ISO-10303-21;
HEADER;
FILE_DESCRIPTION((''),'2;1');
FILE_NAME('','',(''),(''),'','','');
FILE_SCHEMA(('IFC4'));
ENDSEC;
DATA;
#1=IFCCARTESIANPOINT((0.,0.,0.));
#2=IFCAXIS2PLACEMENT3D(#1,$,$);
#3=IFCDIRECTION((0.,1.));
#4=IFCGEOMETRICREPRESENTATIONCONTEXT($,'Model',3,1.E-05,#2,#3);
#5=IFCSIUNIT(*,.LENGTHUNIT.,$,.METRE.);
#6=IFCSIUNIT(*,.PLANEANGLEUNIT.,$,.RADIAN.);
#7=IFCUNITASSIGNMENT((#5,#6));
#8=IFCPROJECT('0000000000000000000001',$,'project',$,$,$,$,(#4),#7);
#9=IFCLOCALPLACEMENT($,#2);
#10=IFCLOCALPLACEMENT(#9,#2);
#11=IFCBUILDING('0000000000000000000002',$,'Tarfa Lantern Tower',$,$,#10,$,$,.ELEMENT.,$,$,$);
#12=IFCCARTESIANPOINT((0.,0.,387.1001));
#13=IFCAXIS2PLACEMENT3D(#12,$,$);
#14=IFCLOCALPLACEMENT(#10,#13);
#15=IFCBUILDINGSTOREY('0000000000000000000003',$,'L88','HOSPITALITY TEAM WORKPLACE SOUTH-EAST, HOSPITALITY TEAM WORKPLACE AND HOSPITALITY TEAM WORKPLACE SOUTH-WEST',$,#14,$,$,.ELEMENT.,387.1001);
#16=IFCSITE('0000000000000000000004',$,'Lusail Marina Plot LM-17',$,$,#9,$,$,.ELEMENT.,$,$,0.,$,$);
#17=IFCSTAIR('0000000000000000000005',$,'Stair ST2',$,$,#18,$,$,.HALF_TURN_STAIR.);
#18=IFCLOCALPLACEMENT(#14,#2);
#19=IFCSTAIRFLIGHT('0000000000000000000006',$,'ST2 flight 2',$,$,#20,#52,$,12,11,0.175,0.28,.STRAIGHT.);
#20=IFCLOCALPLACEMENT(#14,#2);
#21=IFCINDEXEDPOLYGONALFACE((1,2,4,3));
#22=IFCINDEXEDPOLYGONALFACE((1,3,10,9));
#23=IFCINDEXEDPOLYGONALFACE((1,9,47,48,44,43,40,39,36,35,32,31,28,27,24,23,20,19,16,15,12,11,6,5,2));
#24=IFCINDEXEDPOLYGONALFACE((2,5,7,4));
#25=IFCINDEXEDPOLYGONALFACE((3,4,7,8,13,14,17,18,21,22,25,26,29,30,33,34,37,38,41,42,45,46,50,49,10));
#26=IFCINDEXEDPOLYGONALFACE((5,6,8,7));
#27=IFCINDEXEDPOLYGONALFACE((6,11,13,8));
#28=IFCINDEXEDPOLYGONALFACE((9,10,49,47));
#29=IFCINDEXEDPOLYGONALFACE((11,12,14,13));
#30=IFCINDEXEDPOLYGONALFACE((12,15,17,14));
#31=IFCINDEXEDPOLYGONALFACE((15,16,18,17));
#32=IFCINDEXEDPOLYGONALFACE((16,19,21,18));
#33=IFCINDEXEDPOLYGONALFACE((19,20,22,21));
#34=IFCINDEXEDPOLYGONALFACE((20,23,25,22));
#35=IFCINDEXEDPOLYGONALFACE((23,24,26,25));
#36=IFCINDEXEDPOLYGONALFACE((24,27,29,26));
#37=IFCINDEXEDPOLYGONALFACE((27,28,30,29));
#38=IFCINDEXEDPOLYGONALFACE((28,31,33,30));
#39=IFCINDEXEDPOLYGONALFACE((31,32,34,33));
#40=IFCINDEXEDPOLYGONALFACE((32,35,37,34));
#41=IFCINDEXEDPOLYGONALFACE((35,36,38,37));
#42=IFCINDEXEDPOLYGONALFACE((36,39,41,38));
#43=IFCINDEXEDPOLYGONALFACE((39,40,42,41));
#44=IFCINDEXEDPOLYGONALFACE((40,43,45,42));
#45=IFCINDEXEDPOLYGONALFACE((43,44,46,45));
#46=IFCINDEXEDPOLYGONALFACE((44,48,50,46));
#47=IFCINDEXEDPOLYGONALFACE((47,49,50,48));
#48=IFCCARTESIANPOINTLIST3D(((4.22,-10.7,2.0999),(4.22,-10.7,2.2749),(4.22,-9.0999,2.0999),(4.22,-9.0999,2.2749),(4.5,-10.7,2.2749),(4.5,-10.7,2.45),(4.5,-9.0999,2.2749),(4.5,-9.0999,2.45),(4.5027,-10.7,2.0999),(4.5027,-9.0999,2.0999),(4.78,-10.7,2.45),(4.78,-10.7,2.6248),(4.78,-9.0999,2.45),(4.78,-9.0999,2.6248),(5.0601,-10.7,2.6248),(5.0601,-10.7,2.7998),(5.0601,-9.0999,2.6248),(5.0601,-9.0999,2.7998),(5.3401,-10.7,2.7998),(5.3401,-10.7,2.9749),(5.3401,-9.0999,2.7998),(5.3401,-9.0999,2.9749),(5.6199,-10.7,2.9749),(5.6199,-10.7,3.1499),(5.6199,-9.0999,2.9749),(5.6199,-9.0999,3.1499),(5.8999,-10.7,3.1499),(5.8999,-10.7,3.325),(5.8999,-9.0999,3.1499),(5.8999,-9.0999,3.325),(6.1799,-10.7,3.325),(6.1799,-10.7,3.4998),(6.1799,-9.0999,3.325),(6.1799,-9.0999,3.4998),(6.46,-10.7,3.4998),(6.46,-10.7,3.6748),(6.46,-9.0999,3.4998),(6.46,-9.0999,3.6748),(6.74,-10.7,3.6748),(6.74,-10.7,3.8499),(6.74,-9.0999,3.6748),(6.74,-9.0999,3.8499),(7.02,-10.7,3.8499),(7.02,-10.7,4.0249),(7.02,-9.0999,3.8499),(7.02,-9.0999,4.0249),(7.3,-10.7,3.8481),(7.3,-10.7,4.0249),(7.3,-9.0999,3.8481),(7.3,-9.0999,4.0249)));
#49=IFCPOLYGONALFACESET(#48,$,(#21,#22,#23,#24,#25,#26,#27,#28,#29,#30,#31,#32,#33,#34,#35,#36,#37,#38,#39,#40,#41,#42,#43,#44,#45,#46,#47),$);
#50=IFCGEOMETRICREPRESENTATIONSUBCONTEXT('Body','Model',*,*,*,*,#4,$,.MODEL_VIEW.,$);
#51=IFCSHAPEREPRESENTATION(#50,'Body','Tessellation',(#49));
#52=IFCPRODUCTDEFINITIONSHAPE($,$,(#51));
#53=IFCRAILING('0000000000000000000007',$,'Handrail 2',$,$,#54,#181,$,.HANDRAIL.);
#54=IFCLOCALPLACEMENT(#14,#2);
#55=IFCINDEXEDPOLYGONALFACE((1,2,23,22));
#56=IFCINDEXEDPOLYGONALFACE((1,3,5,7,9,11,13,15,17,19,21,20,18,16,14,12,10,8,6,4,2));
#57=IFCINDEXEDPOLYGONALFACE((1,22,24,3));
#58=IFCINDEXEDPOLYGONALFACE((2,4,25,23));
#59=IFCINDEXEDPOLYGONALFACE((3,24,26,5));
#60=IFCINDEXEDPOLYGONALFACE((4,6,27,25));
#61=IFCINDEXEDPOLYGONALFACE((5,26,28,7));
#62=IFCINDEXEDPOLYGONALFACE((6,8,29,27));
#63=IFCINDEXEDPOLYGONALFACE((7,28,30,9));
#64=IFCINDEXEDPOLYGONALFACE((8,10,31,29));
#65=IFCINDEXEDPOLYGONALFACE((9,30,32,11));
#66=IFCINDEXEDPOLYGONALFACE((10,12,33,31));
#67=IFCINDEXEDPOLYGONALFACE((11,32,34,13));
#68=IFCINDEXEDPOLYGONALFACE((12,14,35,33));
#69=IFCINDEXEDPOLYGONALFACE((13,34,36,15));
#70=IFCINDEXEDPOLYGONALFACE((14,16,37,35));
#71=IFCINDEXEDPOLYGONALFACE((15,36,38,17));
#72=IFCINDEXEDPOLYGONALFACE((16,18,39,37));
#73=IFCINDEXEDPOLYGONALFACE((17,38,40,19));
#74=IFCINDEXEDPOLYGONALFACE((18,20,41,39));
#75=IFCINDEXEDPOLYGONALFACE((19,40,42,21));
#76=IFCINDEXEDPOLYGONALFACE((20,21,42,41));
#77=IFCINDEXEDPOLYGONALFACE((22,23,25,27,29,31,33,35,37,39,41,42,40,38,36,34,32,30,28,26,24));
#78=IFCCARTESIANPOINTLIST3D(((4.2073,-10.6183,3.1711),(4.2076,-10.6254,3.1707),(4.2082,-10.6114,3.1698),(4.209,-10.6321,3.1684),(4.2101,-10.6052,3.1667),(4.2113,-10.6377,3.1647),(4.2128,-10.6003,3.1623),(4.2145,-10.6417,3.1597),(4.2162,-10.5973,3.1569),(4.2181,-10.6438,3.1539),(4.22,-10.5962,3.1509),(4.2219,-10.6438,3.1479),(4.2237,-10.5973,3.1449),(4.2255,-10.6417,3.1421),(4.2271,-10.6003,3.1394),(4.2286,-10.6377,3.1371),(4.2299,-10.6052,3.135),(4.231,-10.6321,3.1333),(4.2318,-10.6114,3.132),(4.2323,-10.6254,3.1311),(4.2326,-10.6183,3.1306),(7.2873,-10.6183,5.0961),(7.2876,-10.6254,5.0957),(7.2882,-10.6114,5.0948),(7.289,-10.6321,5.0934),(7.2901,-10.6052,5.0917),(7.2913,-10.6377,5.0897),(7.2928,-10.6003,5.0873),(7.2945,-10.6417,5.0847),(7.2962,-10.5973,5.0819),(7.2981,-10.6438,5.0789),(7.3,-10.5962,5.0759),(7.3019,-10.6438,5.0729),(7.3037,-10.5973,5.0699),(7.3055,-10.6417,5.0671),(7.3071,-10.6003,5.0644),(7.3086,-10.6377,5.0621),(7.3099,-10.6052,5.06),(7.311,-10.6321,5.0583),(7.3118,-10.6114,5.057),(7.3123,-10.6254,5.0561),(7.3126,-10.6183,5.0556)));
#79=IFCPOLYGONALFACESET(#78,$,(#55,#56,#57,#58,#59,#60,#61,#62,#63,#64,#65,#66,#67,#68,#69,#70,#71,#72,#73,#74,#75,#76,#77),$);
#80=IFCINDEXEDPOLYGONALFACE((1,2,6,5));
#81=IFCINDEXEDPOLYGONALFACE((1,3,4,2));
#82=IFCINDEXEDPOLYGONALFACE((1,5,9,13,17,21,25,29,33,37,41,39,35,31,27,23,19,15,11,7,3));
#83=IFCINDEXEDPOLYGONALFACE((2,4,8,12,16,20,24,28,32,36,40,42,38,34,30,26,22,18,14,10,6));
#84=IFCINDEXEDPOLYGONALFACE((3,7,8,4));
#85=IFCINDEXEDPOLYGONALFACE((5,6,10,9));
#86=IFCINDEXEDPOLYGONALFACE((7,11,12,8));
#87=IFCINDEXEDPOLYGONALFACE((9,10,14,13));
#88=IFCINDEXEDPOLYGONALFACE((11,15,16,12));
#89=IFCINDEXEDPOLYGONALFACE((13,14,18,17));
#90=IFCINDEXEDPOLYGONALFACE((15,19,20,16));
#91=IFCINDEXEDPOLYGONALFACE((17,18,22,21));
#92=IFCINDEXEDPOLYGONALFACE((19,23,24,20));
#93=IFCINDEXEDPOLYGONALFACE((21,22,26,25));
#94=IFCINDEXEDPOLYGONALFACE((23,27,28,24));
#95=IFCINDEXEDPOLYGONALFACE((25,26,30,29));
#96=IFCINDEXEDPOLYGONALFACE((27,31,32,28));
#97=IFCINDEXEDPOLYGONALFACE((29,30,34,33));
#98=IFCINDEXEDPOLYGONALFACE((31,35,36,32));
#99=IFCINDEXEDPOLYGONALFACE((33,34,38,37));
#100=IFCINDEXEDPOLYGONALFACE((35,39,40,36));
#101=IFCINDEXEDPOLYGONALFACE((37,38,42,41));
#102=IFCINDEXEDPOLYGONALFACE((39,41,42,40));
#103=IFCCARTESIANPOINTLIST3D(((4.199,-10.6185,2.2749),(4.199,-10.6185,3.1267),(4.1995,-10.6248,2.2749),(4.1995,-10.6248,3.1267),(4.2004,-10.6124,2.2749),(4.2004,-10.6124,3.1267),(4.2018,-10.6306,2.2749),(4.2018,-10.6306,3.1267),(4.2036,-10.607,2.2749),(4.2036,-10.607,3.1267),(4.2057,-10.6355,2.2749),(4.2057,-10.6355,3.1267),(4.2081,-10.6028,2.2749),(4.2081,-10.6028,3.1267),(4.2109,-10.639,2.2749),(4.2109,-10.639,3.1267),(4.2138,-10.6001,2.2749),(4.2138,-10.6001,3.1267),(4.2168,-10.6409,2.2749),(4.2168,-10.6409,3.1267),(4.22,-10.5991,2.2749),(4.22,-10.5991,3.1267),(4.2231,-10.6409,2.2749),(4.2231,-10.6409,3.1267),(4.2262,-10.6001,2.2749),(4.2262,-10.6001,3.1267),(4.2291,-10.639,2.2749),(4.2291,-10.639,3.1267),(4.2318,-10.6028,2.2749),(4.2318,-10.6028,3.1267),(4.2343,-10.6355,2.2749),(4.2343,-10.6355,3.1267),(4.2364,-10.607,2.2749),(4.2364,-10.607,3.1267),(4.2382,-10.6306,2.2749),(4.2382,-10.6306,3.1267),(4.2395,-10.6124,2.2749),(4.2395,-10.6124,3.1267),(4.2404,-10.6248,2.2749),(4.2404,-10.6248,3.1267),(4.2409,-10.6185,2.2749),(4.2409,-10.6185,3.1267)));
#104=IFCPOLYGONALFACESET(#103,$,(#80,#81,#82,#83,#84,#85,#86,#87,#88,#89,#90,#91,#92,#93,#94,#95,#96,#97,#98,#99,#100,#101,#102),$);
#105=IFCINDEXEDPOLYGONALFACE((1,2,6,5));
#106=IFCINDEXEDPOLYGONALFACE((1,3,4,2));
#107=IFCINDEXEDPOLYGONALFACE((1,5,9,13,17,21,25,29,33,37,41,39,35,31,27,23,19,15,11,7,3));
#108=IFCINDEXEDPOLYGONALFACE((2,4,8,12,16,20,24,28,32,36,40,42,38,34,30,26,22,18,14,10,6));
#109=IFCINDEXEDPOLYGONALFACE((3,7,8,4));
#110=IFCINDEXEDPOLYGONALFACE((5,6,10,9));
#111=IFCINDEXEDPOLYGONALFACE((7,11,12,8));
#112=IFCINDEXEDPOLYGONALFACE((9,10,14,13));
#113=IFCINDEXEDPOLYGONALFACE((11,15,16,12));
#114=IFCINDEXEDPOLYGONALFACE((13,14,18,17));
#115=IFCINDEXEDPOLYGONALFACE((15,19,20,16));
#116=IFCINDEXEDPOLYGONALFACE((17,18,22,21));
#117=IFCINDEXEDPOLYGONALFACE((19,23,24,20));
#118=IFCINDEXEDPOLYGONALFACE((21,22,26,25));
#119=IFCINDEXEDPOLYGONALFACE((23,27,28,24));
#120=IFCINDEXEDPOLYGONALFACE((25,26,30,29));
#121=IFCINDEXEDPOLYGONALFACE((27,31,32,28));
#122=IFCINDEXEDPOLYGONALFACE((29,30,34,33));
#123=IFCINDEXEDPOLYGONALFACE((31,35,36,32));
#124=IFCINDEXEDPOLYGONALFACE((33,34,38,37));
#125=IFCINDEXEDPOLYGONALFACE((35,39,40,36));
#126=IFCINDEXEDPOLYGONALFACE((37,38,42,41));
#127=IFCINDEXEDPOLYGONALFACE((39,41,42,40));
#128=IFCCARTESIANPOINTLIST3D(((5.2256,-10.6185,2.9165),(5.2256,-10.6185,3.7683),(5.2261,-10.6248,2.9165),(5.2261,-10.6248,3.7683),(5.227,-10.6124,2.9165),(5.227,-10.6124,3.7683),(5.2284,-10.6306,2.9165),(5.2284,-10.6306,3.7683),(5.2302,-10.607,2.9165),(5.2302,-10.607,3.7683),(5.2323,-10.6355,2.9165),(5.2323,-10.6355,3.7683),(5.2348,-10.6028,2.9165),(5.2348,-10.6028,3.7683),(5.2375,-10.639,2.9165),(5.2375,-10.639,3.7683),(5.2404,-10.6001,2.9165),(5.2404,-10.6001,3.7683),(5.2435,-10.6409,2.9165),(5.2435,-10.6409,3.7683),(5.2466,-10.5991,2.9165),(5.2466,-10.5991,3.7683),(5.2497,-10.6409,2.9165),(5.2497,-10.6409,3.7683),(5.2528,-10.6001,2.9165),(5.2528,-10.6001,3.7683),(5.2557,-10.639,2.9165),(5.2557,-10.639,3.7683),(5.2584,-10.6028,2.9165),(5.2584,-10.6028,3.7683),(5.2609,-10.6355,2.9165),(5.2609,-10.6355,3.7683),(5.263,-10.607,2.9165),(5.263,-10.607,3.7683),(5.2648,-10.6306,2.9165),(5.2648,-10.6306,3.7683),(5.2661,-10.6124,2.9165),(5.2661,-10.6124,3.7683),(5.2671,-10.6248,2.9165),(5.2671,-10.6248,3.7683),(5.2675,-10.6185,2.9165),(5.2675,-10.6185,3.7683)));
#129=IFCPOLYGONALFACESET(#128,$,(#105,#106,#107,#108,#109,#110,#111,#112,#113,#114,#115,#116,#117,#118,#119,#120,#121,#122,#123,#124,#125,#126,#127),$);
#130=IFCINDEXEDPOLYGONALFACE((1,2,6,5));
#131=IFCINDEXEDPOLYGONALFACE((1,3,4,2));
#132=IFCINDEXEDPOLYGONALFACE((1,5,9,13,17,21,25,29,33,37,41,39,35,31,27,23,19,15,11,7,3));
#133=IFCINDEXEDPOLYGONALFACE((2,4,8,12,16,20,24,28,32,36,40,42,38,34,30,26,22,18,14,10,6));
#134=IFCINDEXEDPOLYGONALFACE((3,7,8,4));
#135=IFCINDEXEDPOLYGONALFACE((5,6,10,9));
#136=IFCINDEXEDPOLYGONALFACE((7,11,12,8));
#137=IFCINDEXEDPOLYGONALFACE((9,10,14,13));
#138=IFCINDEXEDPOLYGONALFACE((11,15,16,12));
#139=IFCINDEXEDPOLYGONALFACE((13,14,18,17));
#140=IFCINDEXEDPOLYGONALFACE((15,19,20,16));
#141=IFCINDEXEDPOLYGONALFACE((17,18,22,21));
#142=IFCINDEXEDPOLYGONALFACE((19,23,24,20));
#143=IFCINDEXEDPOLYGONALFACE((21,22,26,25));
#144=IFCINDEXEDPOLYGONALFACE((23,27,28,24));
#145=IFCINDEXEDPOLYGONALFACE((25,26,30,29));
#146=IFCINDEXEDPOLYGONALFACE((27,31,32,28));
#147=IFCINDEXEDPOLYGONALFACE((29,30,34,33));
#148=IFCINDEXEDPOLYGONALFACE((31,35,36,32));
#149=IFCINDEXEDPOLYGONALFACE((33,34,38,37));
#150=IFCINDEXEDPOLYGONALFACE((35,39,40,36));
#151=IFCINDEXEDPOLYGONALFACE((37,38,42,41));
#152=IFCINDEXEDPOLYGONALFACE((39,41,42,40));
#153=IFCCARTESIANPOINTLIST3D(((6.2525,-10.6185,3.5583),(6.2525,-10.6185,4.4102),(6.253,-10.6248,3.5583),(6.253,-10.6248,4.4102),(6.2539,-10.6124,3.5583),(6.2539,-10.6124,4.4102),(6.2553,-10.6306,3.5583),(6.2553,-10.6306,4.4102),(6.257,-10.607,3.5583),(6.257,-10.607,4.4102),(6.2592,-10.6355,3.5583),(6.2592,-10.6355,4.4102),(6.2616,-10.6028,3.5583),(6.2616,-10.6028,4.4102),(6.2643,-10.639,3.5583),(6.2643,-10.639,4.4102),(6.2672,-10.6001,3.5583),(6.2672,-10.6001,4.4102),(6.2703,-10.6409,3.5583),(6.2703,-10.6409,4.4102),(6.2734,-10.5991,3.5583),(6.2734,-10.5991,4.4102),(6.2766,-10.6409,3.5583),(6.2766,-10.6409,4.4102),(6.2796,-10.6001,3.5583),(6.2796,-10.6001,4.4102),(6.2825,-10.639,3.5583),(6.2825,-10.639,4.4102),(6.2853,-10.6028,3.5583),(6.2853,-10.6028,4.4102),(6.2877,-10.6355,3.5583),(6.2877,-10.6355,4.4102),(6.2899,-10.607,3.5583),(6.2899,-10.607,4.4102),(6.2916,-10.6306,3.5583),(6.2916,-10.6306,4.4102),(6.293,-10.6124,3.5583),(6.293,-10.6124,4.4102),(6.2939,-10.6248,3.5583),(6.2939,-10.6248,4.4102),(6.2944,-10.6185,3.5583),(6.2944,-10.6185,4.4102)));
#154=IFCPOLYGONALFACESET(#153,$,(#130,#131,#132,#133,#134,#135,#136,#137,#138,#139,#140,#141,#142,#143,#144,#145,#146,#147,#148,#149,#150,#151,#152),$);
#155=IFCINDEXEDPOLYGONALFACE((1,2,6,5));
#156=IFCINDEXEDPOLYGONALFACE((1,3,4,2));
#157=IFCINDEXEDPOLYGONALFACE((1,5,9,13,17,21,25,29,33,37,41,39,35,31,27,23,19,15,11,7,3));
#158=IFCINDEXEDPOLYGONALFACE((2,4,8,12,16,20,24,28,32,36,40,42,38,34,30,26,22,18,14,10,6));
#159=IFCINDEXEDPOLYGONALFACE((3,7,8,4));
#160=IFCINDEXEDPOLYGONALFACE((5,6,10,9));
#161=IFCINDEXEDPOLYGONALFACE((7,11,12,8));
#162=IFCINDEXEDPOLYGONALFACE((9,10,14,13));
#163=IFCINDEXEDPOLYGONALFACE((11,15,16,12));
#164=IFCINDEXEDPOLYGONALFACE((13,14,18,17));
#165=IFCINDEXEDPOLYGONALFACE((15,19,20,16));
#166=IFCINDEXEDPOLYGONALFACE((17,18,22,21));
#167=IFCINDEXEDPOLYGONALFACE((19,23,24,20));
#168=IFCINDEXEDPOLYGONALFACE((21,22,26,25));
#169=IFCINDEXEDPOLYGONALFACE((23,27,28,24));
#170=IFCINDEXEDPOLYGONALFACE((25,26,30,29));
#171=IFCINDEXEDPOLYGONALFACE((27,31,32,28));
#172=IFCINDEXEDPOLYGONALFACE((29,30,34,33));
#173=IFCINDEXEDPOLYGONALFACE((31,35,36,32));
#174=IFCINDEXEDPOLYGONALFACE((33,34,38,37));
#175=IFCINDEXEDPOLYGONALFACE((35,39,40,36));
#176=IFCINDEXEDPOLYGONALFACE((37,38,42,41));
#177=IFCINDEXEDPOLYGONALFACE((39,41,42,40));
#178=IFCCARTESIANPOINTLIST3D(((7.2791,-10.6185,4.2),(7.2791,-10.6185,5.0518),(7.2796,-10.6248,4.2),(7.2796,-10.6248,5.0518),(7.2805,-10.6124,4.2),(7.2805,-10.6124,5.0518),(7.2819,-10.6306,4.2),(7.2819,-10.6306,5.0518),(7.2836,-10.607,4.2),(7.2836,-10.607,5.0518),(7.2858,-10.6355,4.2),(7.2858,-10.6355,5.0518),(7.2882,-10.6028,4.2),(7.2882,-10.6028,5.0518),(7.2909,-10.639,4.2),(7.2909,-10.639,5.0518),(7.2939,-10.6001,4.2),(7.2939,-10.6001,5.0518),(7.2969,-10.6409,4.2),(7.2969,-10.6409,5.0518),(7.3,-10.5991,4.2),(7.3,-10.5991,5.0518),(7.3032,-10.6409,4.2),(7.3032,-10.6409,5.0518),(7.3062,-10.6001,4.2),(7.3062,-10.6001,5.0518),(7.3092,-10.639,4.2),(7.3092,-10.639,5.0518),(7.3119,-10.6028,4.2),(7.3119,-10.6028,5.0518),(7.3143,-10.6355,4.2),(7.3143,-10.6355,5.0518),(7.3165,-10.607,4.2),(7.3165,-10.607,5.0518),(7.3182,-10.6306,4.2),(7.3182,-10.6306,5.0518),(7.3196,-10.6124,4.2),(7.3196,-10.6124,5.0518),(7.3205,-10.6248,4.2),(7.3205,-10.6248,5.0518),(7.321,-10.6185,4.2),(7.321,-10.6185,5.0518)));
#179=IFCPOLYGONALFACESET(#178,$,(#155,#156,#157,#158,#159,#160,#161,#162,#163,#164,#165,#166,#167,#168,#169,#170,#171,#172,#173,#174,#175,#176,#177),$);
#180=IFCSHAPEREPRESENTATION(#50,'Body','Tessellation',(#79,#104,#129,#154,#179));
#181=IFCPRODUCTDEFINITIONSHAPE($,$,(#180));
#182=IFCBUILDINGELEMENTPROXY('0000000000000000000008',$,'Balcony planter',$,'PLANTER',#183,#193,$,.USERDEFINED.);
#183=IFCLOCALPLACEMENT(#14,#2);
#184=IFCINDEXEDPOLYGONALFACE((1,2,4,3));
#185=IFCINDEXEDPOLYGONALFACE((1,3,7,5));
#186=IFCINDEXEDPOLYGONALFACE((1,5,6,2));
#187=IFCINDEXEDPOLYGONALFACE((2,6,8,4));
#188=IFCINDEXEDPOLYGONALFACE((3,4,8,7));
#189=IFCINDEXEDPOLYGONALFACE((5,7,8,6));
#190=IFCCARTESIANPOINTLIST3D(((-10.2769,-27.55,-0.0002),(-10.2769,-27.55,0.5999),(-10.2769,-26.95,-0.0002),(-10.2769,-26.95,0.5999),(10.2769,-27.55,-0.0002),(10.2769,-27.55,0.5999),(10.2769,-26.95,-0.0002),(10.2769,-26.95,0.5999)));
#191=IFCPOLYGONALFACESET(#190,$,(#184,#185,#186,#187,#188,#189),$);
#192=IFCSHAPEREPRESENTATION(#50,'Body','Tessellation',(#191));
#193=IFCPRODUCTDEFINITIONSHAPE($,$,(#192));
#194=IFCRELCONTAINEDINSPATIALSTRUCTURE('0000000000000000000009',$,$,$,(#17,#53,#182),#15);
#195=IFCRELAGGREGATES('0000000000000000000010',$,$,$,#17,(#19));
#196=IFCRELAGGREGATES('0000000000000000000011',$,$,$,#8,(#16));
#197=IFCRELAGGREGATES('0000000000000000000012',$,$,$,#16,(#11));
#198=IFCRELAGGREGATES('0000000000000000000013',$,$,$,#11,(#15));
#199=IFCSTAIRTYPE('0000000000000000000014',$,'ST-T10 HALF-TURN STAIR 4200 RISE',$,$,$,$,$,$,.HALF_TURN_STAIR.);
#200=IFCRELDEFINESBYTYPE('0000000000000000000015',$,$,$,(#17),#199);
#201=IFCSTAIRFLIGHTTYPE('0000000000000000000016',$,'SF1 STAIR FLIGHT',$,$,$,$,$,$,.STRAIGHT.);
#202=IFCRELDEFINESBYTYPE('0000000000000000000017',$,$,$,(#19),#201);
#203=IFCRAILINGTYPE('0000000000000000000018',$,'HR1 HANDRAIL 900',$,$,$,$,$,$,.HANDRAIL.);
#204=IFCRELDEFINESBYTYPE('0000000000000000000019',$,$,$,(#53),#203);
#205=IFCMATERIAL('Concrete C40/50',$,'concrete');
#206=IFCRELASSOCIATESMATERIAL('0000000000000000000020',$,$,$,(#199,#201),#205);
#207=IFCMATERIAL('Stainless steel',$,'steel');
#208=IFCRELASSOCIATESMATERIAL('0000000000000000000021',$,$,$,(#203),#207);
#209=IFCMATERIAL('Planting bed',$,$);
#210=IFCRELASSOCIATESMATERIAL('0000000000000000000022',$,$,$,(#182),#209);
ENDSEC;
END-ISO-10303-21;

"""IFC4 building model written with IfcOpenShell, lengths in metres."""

from ifc_helpers import new_model, si_unit, direction, frame, origin, origin_2d, place, context, subcontext, project, spatial, polyline, rectangle, circle, outline, extrude, material, type_object, element, aggregate, save


model = new_model("IFC4")

# Units and contexts
model_context = context("Model", 3, precision=1e-05, world=origin(), true_north=direction((0.0, 1.0)))
body_context = subcontext(model_context, "Body", "Model", "MODEL_VIEW")
ifc_project = project(units=[si_unit("LENGTHUNIT", "METRE"), si_unit("PLANEANGLEUNIT", "RADIAN")], contexts=[model_context])

# Site, building, storey
site_placement = place(None, origin())
site = spatial("IfcSite", under=ifc_project, at=site_placement, Name="Lusail Marina Plot LM-17", CompositionType="ELEMENT", RefElevation=0.0)
building_placement = place(site_placement, origin())
building = spatial("IfcBuilding", under=site, at=building_placement, Name="Tarfa Lantern Tower", CompositionType="ELEMENT")
storey_placement = place(building_placement, frame((0.0, 0.0, 387.1001)))
storey = spatial("IfcBuildingStorey", under=building, at=storey_placement, Name="L88", Description="HOSPITALITY TEAM WORKPLACE SOUTH-EAST, HOSPITALITY TEAM WORKPLACE AND HOSPITALITY TEAM WORKPLACE SOUTH-WEST", CompositionType="ELEMENT", Elevation=387.1001)

# Stair, stair flight
ifc_material_1 = material(Name="Concrete C40/50", Category="concrete")
stair_type = type_object("IfcStairType", Name="ST-T10 HALF-TURN STAIR 4200 RISE", PredefinedType="HALF_TURN_STAIR", material=ifc_material_1)
stair_placement = place(storey_placement, origin())
stair = element("IfcStair", 1, at=stair_placement, inside=storey, type_object=stair_type, Name="Stair ST2", PredefinedType="HALF_TURN_STAIR")
stair_flight_type = type_object("IfcStairFlightType", Name="SF1 STAIR FLIGHT", PredefinedType="STRAIGHT", material=ifc_material_1)
stair_flight_placement = place(storey_placement, frame((4.22, -9.8999, 2.0999), z_axis=(0.0, 0.0, 1.0), x_axis=(1.0, 0.0, 0.0)))
stair_flight = element("IfcStairFlight", 2, at=stair_flight_placement, type_object=stair_flight_type, Name="ST2 flight 2", NumberOfRisers=12, NumberOfTreads=11, PredefinedType="STRAIGHT", RiserHeight=0.175, TreadLength=0.28, context=body_context, shape_type="SweptSolid", body=[
    extrude(outline(polyline([(0.0, 0.0), (0.0, 0.175), (0.28, 0.175), (0.28, 0.3501), (0.5601, 0.3501), (0.5601, 0.5249), (0.8401, 0.5249), (0.8401, 0.7), (1.1201, 0.7), (1.1201, 0.875), (1.3999, 0.875), (1.3999, 1.05), (1.6799, 1.05), (1.6799, 1.2251), (1.96, 1.2251), (1.96, 1.3999), (2.24, 1.3999), (2.24, 1.575), (2.52, 1.575), (2.52, 1.75), (2.8, 1.75), (2.8, 1.925), (3.0801, 1.925), (3.0801, 2.1001), (3.0801, 1.7483), (0.2827, 0.0), (0.0, 0.0)])), frame((0.0, 0.8, 0.0), z_axis=(0.0, -1.0, 0.0), x_axis=(1.0, 0.0, 0.0)), (0.0, 0.0, 1.0), 1.6001),
])
aggregate(stair, [stair_flight])

# Railing
ifc_material_2 = material(Name="Stainless steel", Category="steel")
railing_type = type_object("IfcRailingType", Name="HR1 HANDRAIL 900", PredefinedType="HANDRAIL", material=ifc_material_2)
railing_placement = place(storey_placement, frame((4.22, -10.6201, 2.2749)))
element("IfcRailing", 3, at=railing_placement, inside=storey, type_object=railing_type, Name="Handrail 2", PredefinedType="HANDRAIL", context=body_context, shape_type="SweptSolid", body=[
    extrude(circle(Radius=0.0239, at=origin_2d()), frame((0.0, 0.0, 0.876), z_axis=(0.847998, 0.0, 0.529999), x_axis=(0.0, 1.0, 0.0)), (0.0, 0.0, 1.0), 3.6321),
    extrude(circle(Radius=0.021, at=origin_2d()), frame((0.0, 0.0, 0.0), z_axis=(0.0, 0.0, 1.0), x_axis=(0.0, 1.0, 0.0)), (0.0, 0.0, 1.0), 0.8518),
    extrude(circle(Radius=0.021, at=origin_2d()), frame((1.0266, 0.0, 0.6416), z_axis=(0.0, 0.0, 1.0), x_axis=(0.0, 1.0, 0.0)), (0.0, 0.0, 1.0), 0.8518),
    extrude(circle(Radius=0.021, at=origin_2d()), frame((2.0535, 0.0, 1.2834), z_axis=(0.0, 0.0, 1.0), x_axis=(0.0, 1.0, 0.0)), (0.0, 0.0, 1.0), 0.8518),
    extrude(circle(Radius=0.021, at=origin_2d()), frame((3.0801, 0.0, 1.925), z_axis=(0.0, 0.0, 1.0), x_axis=(0.0, 1.0, 0.0)), (0.0, 0.0, 1.0), 0.8518),
])

# Building element proxy
ifc_material_3 = material(Name="Planting bed")
proxy_placement = place(storey_placement, frame((0.0, -27.25, -0.0002), z_axis=(0.0, 0.0, 1.0), x_axis=(1.0, 0.0, 0.0)))
element("IfcBuildingElementProxy", 4, at=proxy_placement, inside=storey, material=ifc_material_3, Name="Balcony planter", ObjectType="PLANTER", PredefinedType="USERDEFINED", context=body_context, shape_type="SweptSolid", body=[
    extrude(rectangle(XDim=20.5537, YDim=0.6001, at=origin_2d()), origin(), (0.0, 0.0, 1.0), 0.6001),
])

save(model, "model.ifc")
